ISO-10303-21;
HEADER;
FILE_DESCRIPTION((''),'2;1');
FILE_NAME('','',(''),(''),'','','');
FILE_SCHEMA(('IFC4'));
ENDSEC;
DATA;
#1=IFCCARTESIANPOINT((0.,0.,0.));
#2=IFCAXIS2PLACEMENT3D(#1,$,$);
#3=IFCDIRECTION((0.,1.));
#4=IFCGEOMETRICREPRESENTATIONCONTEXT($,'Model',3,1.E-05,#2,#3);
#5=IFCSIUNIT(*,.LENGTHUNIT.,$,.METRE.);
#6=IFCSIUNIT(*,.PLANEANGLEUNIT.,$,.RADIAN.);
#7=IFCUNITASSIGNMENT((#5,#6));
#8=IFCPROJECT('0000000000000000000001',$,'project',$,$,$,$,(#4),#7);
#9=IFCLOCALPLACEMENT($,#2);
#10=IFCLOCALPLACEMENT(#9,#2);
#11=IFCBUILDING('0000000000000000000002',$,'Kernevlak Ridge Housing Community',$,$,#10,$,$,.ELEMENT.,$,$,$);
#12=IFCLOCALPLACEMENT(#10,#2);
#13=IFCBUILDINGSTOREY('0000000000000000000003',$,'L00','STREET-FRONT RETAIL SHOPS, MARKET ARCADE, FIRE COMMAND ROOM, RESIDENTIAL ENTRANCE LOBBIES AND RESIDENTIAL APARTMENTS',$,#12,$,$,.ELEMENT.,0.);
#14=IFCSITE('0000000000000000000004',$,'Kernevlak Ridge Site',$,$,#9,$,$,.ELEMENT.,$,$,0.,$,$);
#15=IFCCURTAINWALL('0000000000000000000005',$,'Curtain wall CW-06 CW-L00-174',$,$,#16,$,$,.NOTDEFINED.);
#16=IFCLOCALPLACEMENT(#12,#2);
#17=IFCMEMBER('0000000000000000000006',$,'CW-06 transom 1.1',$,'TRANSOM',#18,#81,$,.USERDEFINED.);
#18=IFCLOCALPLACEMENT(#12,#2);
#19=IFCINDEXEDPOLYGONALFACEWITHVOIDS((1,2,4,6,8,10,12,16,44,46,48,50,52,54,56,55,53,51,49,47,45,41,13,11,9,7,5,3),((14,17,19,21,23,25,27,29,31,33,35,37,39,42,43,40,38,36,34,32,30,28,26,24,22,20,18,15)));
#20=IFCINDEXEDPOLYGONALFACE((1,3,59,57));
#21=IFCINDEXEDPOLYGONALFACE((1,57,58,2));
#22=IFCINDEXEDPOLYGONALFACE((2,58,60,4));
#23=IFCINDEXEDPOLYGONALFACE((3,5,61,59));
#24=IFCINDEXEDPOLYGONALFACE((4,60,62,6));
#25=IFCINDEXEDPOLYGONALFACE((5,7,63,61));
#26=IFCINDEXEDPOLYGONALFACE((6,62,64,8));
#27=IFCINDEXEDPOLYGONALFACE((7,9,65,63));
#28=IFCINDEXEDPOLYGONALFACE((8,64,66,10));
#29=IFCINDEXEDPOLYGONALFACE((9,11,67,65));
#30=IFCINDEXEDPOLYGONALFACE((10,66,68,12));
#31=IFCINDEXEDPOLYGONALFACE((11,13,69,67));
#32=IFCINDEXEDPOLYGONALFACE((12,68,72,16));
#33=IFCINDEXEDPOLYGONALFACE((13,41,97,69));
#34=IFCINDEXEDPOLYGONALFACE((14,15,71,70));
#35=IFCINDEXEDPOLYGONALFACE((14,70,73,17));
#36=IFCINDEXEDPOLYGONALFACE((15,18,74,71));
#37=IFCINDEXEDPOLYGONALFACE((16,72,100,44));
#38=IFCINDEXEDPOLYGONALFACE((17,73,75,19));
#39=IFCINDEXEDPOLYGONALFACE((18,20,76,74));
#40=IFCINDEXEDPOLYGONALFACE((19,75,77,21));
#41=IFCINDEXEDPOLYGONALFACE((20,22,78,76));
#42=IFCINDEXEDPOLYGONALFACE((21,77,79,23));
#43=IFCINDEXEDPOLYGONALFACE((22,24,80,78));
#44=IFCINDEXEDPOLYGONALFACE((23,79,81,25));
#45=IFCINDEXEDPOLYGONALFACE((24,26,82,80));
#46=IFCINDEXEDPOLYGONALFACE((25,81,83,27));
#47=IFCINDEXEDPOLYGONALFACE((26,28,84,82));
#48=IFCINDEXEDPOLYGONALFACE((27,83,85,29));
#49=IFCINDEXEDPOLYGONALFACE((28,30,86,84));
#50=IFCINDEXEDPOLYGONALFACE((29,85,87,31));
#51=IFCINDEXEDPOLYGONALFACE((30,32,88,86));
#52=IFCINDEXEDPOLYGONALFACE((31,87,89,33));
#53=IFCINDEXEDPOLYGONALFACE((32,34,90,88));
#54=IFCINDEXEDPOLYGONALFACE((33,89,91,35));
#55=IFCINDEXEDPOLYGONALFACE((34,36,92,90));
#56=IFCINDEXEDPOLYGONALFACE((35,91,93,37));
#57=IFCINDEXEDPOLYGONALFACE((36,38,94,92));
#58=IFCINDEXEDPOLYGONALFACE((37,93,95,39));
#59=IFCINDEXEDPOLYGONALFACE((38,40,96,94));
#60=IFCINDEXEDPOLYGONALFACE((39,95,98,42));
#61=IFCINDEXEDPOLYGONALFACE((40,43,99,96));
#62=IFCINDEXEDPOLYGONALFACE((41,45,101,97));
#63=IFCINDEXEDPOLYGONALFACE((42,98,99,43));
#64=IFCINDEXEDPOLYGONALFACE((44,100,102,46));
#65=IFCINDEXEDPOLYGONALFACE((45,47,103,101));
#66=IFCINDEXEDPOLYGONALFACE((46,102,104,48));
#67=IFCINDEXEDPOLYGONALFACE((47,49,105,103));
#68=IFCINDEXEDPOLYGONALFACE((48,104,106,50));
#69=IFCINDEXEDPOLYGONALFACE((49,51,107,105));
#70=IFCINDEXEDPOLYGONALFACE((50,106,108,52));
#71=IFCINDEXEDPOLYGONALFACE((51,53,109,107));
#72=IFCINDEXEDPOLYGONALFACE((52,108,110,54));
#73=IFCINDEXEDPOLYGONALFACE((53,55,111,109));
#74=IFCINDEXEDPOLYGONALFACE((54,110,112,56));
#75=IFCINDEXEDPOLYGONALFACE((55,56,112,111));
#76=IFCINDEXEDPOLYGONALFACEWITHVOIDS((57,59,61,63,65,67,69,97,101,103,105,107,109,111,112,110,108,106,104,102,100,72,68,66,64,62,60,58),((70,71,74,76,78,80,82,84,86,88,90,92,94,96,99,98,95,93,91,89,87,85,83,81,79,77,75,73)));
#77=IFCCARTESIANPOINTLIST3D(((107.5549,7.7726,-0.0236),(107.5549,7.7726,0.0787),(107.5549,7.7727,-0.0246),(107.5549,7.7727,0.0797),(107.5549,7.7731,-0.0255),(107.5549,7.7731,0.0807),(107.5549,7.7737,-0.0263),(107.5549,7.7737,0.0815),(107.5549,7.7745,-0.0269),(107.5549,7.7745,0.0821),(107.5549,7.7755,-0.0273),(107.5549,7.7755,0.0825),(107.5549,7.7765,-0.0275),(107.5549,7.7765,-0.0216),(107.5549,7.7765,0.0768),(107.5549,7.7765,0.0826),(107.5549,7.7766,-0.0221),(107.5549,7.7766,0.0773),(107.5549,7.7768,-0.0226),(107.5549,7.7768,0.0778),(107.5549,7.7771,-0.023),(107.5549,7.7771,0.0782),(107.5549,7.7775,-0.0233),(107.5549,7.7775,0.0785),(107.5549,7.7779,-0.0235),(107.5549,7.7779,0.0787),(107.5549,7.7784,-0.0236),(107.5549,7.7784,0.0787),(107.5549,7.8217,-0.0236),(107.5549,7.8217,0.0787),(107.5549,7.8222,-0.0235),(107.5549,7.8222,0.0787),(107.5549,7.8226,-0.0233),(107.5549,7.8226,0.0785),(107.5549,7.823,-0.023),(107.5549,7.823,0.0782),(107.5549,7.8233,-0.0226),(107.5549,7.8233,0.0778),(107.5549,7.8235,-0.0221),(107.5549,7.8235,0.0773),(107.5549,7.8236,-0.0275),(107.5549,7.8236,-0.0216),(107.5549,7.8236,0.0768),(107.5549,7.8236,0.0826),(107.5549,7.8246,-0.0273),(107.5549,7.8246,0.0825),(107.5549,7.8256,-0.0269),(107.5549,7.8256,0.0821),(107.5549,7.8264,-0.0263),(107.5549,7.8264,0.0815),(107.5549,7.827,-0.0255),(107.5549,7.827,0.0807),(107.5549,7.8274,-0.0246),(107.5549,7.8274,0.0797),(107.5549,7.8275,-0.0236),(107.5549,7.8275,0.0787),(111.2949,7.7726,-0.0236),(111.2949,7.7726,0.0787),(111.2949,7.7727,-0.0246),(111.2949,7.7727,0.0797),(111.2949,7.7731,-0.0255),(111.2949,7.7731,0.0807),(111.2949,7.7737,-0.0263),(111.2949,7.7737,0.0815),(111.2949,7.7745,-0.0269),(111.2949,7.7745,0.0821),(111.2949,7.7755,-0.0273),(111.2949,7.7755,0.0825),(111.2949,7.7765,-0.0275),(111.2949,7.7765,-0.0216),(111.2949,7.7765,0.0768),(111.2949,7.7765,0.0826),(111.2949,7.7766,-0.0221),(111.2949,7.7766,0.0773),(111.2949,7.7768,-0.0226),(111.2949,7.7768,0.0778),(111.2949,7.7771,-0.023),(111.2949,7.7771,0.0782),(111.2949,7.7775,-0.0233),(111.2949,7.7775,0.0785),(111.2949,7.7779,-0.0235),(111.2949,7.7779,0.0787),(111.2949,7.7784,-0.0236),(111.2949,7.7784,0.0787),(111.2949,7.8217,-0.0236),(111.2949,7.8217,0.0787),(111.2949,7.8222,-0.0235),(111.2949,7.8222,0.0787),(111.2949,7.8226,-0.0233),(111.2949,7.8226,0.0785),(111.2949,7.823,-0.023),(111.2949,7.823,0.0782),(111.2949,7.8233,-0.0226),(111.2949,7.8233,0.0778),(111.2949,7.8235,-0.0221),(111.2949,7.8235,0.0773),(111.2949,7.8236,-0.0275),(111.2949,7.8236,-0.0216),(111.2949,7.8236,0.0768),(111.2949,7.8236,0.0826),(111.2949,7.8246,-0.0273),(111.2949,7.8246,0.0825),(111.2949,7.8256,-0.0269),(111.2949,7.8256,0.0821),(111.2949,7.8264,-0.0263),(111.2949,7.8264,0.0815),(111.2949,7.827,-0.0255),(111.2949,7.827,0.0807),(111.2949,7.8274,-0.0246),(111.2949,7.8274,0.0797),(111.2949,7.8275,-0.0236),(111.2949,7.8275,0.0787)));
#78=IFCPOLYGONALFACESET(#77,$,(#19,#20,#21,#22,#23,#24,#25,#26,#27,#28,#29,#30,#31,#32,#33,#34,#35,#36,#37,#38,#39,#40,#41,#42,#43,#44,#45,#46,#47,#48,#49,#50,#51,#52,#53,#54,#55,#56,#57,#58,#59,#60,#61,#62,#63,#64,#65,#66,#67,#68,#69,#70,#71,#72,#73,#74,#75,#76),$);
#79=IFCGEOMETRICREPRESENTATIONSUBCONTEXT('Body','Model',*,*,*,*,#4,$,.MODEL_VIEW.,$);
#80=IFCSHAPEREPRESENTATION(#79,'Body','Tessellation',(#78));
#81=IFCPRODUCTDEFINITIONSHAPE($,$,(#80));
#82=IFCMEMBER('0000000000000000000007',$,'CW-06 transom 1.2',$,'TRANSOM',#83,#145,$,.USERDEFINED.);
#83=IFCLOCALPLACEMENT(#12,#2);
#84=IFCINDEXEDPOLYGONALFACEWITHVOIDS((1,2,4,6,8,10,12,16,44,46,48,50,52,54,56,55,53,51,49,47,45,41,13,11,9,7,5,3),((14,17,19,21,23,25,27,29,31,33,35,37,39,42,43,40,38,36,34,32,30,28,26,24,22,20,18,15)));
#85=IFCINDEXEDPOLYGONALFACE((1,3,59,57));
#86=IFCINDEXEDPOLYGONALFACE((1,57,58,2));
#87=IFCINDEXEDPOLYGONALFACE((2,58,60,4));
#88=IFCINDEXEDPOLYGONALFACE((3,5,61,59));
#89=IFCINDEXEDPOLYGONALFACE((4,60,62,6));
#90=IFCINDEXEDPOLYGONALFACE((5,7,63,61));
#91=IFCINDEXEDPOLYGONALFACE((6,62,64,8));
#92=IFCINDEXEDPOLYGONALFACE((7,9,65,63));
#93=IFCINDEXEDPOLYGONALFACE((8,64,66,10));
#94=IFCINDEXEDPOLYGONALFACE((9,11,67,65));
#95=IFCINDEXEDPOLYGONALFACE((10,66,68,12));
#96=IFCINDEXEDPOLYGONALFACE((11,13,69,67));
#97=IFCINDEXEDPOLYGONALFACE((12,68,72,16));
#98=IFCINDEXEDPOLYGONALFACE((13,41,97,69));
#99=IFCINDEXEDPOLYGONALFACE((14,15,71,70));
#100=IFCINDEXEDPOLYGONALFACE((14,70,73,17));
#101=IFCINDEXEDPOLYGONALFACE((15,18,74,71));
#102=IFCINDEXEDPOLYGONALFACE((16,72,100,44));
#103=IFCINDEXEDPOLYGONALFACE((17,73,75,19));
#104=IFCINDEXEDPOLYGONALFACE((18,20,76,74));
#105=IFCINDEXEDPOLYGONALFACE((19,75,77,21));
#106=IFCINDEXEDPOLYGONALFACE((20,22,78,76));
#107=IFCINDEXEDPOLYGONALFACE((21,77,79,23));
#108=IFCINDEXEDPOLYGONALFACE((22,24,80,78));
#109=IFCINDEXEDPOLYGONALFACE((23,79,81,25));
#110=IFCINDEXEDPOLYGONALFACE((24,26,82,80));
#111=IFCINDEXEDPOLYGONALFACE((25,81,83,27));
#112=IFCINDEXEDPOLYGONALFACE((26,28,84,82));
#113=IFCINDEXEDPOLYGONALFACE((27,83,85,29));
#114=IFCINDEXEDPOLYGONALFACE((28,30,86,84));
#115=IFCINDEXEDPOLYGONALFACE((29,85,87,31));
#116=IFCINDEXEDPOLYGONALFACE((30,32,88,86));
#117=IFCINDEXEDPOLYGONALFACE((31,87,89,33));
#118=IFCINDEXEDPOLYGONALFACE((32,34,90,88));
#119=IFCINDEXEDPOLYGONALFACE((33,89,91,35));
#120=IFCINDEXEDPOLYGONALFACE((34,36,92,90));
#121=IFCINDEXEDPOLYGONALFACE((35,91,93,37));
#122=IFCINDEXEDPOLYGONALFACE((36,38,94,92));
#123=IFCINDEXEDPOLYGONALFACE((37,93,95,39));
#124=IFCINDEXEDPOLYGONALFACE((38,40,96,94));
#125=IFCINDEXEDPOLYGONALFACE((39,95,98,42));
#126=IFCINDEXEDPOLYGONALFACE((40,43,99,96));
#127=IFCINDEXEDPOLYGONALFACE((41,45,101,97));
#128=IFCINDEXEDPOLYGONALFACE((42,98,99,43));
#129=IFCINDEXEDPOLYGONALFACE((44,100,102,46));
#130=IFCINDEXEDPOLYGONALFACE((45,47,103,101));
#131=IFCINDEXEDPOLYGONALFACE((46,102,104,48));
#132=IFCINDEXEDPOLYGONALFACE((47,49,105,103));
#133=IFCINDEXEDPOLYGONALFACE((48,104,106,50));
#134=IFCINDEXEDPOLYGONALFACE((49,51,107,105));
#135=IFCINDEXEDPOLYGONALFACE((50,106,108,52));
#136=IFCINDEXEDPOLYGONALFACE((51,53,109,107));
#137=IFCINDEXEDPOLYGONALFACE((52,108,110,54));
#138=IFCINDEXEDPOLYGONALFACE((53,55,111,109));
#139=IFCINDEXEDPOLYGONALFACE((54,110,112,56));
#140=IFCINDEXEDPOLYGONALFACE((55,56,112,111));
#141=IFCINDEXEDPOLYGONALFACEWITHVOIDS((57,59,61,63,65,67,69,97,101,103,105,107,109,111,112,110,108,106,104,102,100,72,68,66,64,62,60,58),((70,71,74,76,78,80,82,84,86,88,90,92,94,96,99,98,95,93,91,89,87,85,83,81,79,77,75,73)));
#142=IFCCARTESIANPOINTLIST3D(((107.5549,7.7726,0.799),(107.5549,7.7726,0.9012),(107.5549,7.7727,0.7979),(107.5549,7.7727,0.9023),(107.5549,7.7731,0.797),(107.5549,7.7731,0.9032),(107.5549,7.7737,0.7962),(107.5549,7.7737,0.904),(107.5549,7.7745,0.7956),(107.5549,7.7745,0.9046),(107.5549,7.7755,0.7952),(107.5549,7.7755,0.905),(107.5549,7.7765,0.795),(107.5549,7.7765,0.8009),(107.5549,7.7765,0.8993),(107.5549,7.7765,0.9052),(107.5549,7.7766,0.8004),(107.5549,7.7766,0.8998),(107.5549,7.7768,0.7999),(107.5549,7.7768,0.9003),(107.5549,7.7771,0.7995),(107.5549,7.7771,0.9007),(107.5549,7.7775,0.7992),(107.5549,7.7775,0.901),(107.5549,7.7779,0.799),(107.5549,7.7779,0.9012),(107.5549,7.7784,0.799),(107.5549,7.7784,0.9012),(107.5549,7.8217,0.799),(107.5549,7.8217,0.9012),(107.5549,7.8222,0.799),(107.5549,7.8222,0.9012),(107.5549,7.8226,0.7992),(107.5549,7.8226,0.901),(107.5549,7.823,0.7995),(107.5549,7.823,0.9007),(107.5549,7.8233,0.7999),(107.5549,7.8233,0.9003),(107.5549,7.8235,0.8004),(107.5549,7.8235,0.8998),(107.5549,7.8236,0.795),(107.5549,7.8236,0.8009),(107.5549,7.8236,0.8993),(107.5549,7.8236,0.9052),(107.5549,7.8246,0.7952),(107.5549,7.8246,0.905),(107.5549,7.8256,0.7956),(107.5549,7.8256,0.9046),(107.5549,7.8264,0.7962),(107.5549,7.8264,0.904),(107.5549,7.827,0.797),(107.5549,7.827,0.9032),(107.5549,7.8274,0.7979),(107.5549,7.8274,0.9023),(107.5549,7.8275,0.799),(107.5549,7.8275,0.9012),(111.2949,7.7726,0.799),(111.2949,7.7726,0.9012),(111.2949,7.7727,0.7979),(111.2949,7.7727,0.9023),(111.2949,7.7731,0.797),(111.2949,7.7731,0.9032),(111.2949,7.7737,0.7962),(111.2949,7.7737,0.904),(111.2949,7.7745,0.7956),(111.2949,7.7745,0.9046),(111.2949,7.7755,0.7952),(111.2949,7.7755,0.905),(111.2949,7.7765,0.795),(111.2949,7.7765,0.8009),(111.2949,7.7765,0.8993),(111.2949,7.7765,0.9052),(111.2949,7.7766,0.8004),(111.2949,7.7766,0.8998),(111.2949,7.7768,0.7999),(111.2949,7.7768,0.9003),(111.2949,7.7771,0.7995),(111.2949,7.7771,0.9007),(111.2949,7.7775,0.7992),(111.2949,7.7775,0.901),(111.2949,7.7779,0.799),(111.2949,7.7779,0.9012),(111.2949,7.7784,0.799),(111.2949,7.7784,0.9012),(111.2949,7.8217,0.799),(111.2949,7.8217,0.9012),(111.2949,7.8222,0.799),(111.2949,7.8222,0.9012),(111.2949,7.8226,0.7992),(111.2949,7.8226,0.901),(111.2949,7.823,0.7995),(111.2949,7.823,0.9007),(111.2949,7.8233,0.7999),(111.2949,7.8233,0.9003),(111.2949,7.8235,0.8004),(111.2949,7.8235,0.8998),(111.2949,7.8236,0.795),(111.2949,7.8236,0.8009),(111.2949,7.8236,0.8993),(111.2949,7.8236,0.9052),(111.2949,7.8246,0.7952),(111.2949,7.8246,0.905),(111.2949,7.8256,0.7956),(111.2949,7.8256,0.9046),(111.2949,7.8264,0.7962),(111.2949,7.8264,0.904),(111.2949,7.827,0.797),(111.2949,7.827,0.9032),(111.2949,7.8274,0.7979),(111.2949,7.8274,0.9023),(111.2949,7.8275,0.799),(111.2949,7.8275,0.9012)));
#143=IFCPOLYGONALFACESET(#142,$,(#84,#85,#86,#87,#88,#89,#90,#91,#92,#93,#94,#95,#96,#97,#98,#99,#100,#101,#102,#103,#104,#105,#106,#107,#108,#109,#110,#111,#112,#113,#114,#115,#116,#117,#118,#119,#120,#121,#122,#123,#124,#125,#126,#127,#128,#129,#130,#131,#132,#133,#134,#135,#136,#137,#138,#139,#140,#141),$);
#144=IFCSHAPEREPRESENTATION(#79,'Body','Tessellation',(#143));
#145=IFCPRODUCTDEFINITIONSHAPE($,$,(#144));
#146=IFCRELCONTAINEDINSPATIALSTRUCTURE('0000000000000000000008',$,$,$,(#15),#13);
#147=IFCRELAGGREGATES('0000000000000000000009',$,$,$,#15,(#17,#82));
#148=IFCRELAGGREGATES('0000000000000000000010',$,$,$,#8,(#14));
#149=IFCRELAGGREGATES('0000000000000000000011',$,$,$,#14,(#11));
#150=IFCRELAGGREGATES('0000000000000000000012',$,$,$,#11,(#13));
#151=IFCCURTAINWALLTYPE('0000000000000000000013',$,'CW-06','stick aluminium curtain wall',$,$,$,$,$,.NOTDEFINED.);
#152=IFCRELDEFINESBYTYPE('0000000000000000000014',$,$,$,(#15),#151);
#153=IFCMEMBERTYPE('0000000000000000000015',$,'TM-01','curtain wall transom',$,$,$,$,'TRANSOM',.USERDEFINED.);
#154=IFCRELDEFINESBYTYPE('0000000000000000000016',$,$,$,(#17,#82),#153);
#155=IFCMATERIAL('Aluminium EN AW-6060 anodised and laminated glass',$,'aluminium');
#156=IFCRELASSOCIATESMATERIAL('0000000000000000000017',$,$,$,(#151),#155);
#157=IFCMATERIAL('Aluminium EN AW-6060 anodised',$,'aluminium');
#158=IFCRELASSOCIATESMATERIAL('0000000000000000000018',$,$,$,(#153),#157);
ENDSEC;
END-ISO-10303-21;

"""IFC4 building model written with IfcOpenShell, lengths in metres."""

from ifc_helpers import new_model, si_unit, direction, frame, origin, origin_2d, place, context, subcontext, project, spatial, hollow_rectangle, extrude, material, material_profile, profile_set, type_object, element, aggregate, save


model = new_model("IFC4")

# Units and contexts
model_context = context("Model", 3, precision=1e-05, world=origin(), true_north=direction((0.0, 1.0)))
body_context = subcontext(model_context, "Body", "Model", "MODEL_VIEW")
ifc_project = project(units=[si_unit("LENGTHUNIT", "METRE"), si_unit("PLANEANGLEUNIT", "RADIAN")], contexts=[model_context])

# Site, building, storey
site_placement = place(None, origin())
site = spatial("IfcSite", under=ifc_project, at=site_placement, Name="Kernevlak Ridge Site", CompositionType="ELEMENT", RefElevation=0.0)
building_placement = place(site_placement, origin())
building = spatial("IfcBuilding", under=site, at=building_placement, Name="Kernevlak Ridge Housing Community", CompositionType="ELEMENT")
storey_placement = place(building_placement, origin())
storey = spatial("IfcBuildingStorey", under=building, at=storey_placement, Name="L00", Description="STREET-FRONT RETAIL SHOPS, MARKET ARCADE, FIRE COMMAND ROOM, RESIDENTIAL ENTRANCE LOBBIES AND RESIDENTIAL APARTMENTS", CompositionType="ELEMENT", Elevation=0.0)

# Curtain wall
ifc_material_1 = material(Name="Aluminium EN AW-6060 anodised and laminated glass", Category="aluminium")
curtain_wall_type = type_object("IfcCurtainWallType", Name="CW-06", Description="stick aluminium curtain wall", PredefinedType="NOTDEFINED", material=ifc_material_1)
curtain_wall_placement = place(storey_placement, origin())
curtain_wall = element("IfcCurtainWall", 1, at=curtain_wall_placement, inside=storey, type_object=curtain_wall_type, Name="Curtain wall CW-06 CW-L00-174", PredefinedType="NOTDEFINED")
ifc_material_2 = material(Name="Aluminium EN AW-6060 anodised", Category="aluminium")

# Members
ifc_material_profile_1 = material_profile(ifc_material_2, hollow_rectangle(XDim=0.0549, YDim=0.1101, WallThickness=0.0039, InnerFilletRadius=0.002, OuterFilletRadius=0.0039, at=origin_2d()), Name="ALU 55x110x4")
ifc_profile_set_1 = profile_set([ifc_material_profile_1], Name="Aluminium EN AW-6060 anodised")
member_type_1 = type_object("IfcMemberType", Name="TM-01", Description="curtain wall transom", ElementType="TRANSOM", PredefinedType="USERDEFINED", material=ifc_profile_set_1)
member_1_placement = place(storey_placement, frame((107.5549, 7.8, 0.0276), z_axis=(1.0, 0.0, 0.0), x_axis=(0.0, 1.0, 0.0)))
member_1 = element("IfcMember", 2, at=member_1_placement, type_object=member_type_1, Name="CW-06 transom 1.1", ObjectType="TRANSOM", PredefinedType="USERDEFINED", context=body_context, shape_type="SweptSolid", body=[
    extrude(hollow_rectangle(XDim=0.0549, YDim=0.1101, WallThickness=0.0039, InnerFilletRadius=0.002, OuterFilletRadius=0.0039, at=origin_2d()), origin(), (0.0, 0.0, 1.0), 3.74),
])
member_2_placement = place(storey_placement, frame((107.5549, 7.8, 0.8501), z_axis=(1.0, 0.0, 0.0), x_axis=(0.0, 1.0, 0.0)))
member_2 = element("IfcMember", 3, at=member_2_placement, type_object=member_type_1, Name="CW-06 transom 1.2", ObjectType="TRANSOM", PredefinedType="USERDEFINED", context=body_context, shape_type="SweptSolid", body=[
    extrude(hollow_rectangle(XDim=0.0549, YDim=0.1101, WallThickness=0.0039, InnerFilletRadius=0.002, OuterFilletRadius=0.0039, at=origin_2d()), origin(), (0.0, 0.0, 1.0), 3.74),
])

aggregate(curtain_wall, [member_1, member_2])

save(model, "model.ifc")
